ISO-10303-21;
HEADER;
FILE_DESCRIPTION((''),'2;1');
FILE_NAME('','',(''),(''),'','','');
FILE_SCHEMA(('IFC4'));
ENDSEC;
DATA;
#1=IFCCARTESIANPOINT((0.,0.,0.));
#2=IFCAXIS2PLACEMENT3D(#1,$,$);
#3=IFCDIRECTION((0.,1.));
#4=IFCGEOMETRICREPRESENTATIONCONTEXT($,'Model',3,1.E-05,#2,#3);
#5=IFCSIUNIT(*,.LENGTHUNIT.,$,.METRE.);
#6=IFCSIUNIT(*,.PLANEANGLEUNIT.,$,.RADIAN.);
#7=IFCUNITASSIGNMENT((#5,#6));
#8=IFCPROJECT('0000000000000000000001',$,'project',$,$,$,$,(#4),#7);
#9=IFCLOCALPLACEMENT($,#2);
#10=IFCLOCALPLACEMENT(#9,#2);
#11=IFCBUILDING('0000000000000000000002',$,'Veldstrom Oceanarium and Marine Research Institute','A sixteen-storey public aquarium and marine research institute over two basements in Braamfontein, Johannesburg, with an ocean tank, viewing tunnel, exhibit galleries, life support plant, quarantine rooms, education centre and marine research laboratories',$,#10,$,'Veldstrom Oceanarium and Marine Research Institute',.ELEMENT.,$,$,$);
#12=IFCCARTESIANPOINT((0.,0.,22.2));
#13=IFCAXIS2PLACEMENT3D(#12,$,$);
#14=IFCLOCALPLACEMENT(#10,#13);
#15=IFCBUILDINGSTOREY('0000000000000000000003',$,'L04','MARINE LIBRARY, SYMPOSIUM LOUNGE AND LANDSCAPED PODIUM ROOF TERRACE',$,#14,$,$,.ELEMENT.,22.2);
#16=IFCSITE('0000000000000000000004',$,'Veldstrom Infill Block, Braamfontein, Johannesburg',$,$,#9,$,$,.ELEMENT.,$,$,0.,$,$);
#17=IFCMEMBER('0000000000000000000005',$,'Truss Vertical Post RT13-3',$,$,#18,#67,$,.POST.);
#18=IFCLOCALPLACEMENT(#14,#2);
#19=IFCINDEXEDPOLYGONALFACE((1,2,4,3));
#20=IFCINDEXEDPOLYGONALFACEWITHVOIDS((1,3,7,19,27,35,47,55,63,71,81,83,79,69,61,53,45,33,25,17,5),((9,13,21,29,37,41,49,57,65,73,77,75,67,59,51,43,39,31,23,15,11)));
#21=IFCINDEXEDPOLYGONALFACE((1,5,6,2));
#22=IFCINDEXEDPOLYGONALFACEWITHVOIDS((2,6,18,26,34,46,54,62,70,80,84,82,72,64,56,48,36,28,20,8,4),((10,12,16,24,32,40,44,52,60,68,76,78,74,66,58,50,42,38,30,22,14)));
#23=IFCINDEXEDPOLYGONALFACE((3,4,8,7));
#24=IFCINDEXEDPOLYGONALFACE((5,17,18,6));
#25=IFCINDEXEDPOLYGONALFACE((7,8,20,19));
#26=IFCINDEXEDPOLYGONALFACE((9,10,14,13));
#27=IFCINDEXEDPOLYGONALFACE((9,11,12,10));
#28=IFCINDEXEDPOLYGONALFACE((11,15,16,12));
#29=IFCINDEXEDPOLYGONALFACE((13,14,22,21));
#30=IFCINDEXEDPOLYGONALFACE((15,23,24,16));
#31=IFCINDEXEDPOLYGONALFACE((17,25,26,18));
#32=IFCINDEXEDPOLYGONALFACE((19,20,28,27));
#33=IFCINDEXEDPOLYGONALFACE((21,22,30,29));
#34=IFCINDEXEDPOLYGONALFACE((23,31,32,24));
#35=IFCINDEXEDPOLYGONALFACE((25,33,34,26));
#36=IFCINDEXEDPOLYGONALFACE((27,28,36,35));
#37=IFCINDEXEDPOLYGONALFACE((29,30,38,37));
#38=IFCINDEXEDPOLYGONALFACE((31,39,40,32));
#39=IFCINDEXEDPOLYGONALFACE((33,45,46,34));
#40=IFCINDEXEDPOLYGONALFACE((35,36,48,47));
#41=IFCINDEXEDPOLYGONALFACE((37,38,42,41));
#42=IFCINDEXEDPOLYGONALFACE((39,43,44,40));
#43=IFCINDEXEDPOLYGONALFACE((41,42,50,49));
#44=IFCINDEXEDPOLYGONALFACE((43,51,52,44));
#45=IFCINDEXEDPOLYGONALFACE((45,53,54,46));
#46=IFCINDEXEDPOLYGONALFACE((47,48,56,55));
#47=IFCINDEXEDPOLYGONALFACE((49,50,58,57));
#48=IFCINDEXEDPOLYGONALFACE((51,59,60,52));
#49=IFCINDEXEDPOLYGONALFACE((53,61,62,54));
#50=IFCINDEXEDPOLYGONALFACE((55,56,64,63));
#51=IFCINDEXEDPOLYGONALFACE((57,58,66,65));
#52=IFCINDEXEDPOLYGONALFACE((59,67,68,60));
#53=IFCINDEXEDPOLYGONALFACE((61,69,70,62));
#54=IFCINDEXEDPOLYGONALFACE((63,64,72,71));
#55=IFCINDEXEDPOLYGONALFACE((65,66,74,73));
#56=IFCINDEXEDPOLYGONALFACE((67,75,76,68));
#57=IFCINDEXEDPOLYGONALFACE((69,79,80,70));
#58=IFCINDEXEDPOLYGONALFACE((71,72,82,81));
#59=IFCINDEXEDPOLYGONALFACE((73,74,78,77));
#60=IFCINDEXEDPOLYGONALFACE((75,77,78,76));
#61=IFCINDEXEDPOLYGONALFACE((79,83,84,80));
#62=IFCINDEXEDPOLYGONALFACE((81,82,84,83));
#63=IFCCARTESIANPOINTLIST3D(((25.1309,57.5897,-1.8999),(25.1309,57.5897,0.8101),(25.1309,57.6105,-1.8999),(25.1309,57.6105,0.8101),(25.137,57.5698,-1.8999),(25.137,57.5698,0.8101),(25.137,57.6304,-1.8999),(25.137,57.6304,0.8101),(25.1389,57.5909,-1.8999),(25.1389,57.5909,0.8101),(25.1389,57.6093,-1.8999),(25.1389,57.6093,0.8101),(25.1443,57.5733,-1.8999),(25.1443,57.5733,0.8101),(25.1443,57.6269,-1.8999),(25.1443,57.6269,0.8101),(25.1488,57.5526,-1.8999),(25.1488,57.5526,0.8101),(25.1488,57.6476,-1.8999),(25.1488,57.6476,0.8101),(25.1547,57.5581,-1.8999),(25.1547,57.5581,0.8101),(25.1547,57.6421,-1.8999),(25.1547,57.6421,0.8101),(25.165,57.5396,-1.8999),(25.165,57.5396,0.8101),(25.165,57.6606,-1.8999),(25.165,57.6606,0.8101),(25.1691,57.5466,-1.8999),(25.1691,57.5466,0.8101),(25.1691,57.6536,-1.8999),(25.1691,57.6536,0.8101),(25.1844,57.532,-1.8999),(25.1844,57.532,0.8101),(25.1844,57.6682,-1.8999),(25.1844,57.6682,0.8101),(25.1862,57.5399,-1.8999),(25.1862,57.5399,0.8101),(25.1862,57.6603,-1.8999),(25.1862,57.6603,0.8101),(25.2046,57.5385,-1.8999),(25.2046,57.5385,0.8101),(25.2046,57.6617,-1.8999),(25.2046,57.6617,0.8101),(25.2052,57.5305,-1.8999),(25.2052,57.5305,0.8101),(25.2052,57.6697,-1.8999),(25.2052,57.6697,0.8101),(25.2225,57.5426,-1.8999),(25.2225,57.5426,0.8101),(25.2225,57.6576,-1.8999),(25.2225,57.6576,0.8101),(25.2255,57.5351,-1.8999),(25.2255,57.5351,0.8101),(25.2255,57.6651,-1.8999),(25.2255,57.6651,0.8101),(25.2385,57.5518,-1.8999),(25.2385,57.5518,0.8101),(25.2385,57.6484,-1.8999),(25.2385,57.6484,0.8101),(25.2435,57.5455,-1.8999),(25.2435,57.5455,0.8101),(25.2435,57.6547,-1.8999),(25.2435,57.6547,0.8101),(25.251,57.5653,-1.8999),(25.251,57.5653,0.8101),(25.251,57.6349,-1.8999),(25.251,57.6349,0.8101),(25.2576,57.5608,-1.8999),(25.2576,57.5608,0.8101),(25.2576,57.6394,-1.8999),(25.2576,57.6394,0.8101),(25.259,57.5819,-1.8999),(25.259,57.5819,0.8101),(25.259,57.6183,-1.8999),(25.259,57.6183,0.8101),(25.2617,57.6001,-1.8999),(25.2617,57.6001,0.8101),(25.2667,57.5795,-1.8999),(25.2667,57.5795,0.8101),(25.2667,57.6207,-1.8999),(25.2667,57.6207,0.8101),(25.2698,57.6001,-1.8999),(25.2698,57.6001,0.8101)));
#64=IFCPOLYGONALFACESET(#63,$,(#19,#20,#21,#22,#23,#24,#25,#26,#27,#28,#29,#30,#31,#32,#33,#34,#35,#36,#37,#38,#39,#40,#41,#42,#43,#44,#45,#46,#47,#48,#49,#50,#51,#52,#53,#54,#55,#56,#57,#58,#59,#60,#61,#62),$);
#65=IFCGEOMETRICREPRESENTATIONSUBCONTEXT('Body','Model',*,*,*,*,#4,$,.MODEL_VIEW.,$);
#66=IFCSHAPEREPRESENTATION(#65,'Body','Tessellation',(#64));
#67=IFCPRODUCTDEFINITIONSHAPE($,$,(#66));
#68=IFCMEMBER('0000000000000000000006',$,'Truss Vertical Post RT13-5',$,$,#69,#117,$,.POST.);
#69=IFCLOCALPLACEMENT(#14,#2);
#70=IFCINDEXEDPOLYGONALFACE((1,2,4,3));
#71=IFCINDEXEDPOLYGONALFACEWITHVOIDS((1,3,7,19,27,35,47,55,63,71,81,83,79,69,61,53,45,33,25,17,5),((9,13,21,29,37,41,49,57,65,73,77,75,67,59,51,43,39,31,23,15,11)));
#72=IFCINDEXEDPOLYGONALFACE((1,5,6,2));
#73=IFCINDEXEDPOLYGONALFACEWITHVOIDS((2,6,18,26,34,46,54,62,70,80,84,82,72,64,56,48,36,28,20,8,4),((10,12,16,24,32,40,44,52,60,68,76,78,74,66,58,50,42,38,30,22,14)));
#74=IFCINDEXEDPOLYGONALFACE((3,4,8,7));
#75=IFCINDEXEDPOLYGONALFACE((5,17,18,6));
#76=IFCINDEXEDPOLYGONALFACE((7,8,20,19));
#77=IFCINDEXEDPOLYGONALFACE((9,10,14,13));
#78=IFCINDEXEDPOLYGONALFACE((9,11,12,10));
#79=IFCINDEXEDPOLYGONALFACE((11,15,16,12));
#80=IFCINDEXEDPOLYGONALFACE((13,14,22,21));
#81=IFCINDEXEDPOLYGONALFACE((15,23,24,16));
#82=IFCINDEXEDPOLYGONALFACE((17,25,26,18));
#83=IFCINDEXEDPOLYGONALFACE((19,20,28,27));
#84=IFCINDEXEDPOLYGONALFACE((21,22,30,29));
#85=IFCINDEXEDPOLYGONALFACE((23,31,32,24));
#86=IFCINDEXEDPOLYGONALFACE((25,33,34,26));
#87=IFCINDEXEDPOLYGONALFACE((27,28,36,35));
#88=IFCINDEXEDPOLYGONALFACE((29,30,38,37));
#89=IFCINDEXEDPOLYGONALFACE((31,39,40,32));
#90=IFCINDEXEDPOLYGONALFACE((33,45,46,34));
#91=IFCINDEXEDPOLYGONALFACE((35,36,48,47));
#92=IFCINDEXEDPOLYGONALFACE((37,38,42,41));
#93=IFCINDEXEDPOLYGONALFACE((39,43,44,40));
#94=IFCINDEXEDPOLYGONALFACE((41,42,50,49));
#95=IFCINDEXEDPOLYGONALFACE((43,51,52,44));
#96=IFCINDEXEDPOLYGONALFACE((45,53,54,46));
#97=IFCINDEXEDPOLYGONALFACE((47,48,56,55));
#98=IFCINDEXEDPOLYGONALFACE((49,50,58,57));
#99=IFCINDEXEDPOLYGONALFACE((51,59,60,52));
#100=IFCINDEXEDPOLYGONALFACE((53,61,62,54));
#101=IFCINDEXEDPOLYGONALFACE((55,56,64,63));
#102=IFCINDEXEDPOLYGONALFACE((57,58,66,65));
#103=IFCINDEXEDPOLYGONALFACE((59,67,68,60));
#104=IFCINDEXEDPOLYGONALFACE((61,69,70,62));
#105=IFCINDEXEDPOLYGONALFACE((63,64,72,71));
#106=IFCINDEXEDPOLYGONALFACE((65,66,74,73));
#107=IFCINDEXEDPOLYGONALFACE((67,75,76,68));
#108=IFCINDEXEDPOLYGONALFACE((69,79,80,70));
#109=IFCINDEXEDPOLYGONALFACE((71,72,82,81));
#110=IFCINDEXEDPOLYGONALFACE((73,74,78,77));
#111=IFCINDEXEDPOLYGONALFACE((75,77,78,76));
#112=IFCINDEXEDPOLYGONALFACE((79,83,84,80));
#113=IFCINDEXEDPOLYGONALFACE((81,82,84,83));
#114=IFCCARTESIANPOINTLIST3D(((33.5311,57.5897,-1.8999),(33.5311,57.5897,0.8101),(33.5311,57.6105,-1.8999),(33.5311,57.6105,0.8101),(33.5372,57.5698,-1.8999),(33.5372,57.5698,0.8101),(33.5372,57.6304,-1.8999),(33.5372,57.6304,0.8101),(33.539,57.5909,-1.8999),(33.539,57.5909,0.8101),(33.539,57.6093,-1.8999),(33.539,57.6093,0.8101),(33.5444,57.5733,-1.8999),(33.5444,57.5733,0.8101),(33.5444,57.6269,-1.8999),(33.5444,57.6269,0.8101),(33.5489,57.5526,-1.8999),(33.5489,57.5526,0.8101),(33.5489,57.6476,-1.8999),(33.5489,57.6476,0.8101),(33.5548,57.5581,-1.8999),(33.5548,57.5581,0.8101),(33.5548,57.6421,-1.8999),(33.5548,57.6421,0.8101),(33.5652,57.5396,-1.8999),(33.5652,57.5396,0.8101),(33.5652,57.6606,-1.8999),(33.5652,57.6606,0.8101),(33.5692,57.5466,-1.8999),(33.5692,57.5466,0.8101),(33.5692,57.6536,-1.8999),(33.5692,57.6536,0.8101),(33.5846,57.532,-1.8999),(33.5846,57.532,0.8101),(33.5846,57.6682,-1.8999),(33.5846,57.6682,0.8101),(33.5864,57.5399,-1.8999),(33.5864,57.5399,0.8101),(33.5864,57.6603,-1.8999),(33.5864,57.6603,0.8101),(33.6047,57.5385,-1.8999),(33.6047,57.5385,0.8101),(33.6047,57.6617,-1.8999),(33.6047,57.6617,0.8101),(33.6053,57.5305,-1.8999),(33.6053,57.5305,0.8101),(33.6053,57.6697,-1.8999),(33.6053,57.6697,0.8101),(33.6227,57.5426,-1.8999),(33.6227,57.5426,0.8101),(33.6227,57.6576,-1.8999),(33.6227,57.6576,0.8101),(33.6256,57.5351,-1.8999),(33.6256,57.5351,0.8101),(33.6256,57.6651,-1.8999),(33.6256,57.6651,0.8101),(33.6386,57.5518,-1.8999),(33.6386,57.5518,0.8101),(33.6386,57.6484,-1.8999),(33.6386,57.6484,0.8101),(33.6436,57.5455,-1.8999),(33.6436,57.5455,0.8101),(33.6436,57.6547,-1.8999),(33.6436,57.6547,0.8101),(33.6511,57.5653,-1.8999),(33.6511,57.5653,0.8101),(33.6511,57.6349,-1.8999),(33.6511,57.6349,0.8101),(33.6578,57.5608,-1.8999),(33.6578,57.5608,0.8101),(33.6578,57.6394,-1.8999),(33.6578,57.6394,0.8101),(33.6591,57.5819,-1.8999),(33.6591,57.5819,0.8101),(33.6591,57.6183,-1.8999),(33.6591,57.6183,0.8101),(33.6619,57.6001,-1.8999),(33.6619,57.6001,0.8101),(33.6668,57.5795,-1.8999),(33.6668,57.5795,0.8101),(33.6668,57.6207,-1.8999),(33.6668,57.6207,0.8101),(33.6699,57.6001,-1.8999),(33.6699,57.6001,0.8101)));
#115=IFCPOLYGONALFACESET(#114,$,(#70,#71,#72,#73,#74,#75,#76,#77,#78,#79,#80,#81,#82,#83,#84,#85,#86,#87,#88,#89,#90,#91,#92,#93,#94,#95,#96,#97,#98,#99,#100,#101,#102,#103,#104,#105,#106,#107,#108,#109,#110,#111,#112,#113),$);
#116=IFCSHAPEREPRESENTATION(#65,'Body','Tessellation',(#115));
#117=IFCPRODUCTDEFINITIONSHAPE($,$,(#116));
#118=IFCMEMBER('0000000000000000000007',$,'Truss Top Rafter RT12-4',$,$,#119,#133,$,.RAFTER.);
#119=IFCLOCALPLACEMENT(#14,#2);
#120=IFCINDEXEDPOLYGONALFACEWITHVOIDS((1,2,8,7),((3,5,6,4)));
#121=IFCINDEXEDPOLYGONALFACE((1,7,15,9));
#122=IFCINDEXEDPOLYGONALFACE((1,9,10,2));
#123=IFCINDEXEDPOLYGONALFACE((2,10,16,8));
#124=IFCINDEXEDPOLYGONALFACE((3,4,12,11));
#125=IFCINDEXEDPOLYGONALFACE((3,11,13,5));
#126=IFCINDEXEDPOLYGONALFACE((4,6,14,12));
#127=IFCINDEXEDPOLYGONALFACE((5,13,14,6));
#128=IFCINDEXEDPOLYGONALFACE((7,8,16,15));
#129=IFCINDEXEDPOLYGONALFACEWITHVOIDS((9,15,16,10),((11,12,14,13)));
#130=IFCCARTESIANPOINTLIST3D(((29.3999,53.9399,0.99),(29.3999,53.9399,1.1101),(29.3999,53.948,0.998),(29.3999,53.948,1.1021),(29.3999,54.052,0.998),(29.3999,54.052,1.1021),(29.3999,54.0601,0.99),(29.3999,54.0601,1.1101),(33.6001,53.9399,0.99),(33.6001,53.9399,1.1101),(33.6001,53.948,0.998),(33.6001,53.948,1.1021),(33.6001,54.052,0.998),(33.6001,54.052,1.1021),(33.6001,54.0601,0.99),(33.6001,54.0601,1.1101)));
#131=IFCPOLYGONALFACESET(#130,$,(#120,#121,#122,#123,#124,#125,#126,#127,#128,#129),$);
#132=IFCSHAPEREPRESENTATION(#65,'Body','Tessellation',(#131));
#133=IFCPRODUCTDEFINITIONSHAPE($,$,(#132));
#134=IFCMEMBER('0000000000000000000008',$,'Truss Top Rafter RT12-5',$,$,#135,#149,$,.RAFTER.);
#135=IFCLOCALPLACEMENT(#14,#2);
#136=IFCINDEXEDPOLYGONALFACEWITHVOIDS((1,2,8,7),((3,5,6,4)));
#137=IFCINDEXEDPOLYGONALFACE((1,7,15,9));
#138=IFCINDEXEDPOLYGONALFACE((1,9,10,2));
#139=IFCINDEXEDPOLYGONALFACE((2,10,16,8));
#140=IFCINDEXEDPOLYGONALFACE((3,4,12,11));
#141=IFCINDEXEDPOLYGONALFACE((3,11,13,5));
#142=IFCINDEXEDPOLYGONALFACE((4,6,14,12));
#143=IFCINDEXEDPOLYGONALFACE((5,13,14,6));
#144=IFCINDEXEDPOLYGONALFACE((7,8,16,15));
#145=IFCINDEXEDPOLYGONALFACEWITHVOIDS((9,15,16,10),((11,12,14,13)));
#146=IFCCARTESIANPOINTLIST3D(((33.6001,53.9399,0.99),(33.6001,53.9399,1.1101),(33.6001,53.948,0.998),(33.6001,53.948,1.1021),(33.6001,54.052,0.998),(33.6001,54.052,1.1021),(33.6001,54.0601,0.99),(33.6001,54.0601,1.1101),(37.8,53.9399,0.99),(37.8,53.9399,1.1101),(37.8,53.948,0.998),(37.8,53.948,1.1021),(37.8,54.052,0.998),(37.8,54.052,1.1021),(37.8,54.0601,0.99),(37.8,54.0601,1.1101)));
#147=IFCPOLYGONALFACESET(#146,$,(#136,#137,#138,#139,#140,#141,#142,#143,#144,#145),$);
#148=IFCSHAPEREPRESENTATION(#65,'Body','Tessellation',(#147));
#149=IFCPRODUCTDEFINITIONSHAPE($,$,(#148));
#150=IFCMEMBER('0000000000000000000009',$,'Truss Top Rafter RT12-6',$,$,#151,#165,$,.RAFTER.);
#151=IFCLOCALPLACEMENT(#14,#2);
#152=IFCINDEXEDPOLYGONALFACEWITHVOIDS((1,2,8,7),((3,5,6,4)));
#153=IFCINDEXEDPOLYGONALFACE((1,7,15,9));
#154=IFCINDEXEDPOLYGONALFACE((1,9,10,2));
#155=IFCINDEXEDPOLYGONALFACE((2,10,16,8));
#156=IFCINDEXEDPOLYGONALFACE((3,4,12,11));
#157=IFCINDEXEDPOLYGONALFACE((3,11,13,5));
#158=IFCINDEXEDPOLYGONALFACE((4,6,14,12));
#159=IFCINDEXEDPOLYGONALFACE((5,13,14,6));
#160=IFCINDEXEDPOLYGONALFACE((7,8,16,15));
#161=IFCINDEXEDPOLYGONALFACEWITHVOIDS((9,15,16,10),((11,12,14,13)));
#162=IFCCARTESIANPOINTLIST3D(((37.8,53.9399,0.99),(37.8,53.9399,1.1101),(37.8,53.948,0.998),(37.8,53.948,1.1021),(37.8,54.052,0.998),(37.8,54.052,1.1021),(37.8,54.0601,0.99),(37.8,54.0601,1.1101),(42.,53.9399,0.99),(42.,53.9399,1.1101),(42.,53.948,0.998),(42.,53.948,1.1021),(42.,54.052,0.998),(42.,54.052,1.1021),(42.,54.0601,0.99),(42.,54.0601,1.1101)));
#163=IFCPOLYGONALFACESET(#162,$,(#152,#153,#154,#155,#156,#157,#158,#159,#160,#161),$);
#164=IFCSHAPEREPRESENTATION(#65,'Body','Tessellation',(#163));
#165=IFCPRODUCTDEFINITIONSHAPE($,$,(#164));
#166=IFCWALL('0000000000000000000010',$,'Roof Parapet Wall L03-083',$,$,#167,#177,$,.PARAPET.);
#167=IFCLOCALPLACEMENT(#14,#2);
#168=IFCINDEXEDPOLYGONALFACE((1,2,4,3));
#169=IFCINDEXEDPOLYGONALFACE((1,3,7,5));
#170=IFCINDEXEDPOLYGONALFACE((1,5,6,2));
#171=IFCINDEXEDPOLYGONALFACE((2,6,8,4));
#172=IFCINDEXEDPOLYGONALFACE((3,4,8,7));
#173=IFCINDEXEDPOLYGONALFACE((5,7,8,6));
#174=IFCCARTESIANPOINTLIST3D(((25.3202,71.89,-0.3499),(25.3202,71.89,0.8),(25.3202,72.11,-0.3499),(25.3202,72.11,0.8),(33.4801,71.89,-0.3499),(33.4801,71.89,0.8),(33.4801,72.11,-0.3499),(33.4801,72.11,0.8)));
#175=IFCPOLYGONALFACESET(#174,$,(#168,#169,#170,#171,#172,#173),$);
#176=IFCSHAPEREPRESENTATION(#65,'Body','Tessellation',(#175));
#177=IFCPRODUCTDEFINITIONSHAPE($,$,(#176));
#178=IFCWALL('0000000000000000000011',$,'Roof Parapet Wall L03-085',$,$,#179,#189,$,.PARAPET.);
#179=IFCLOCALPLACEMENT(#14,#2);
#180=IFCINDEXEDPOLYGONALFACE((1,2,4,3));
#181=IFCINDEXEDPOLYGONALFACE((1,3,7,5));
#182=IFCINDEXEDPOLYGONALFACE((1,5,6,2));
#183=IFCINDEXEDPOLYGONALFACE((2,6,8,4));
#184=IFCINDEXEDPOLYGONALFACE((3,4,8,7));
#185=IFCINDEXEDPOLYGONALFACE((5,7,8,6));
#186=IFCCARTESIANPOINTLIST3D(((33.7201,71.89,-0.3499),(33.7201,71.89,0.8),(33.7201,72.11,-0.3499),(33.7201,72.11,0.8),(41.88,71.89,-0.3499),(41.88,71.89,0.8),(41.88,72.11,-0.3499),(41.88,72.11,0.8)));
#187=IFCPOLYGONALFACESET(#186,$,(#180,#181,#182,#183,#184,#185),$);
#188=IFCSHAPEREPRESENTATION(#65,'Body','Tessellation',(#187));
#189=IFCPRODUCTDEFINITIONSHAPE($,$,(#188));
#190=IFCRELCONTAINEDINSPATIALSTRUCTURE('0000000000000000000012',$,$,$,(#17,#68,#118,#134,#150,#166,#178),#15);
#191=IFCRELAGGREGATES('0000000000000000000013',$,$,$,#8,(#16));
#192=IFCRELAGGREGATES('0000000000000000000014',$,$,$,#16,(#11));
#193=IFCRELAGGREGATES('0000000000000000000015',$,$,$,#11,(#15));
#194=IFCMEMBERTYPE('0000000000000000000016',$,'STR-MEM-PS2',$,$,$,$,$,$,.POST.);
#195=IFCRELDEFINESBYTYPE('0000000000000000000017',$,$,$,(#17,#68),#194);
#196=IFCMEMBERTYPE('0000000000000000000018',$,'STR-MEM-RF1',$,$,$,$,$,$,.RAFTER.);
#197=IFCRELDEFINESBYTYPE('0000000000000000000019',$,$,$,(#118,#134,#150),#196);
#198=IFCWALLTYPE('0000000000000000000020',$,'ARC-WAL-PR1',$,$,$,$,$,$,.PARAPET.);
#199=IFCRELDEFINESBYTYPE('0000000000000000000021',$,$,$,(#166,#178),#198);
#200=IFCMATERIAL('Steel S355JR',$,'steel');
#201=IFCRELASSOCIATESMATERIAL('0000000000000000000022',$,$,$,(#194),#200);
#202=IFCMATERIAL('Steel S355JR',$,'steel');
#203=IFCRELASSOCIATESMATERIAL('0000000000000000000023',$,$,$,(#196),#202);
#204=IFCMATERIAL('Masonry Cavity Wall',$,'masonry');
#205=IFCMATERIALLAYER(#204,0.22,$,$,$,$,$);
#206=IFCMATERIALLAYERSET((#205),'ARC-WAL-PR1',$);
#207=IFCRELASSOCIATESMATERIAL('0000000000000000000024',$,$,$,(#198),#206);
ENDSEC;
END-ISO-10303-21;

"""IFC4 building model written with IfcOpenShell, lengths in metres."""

from ifc_helpers import new_model, si_unit, direction, frame, frame_2d, origin, origin_2d, place, context, subcontext, project, spatial, rectangle, hollow_rectangle, hollow_circle, extrude, material, layer, layer_set, material_profile, profile_set, type_object, element, save


model = new_model("IFC4")

# Units and contexts
model_context = context("Model", 3, precision=1e-05, world=origin(), true_north=direction((0.0, 1.0)))
body_context = subcontext(model_context, "Body", "Model", "MODEL_VIEW")
ifc_project = project(units=[si_unit("LENGTHUNIT", "METRE"), si_unit("PLANEANGLEUNIT", "RADIAN")], contexts=[model_context])

# Site, building, storey
site_placement = place(None, origin())
site = spatial("IfcSite", under=ifc_project, at=site_placement, Name="Veldstrom Infill Block, Braamfontein, Johannesburg", CompositionType="ELEMENT", RefElevation=0.0)
building_placement = place(site_placement, origin())
building = spatial("IfcBuilding", under=site, at=building_placement, Name="Veldstrom Oceanarium and Marine Research Institute", Description="A sixteen-storey public aquarium and marine research institute over two basements in Braamfontein, Johannesburg, with an ocean tank, viewing tunnel, exhibit galleries, life support plant, quarantine rooms, education centre and marine research laboratories", LongName="Veldstrom Oceanarium and Marine Research Institute", CompositionType="ELEMENT")
storey_placement = place(building_placement, frame((0.0, 0.0, 22.2)))
storey = spatial("IfcBuildingStorey", under=building, at=storey_placement, Name="L04", Description="MARINE LIBRARY, SYMPOSIUM LOUNGE AND LANDSCAPED PODIUM ROOF TERRACE", CompositionType="ELEMENT", Elevation=22.2)

# Members
ifc_material_1 = material(Name="Steel S355JR", Category="steel")
ifc_material_profile_1 = material_profile(ifc_material_1, hollow_circle(Radius=0.0698, WallThickness=0.0081, at=origin_2d()), Name="CHS 139.7x8")
ifc_profile_set_1 = profile_set([ifc_material_profile_1], Name="Steel S355JR")
member_type_1 = type_object("IfcMemberType", Name="STR-MEM-PS2", PredefinedType="POST", material=ifc_profile_set_1)
for number, where, z_axis, x_axis, name in (
    (1, (25.2, 57.6001, -1.8999), (0.0, 0.0, 1.0), (1.0, 0.0, 0.0), "Truss Vertical Post RT13-3"),
    (2, (33.6001, 57.6001, -1.8999), (0.0, 0.0, 1.0), (1.0, 0.0, 0.0), "Truss Vertical Post RT13-5"),
):
    element("IfcMember", number, at=place(storey_placement, frame(where, z_axis=z_axis, x_axis=x_axis)), inside=storey, type_object=member_type_1, Name=name, PredefinedType="POST", context=body_context, shape_type="SweptSolid", body=[
        extrude(hollow_circle(Radius=0.0698, WallThickness=0.0081, at=origin_2d()), origin(), (0.0, 0.0, 1.0), 2.71),
    ])
ifc_material_2 = material(Name="Steel S355JR", Category="steel")
ifc_material_profile_2 = material_profile(ifc_material_2, hollow_rectangle(XDim=0.1201, YDim=0.1201, WallThickness=0.0081, at=origin_2d()), Name="SHS 120x120x8")
ifc_profile_set_2 = profile_set([ifc_material_profile_2], Name="Steel S355JR")
member_type_2 = type_object("IfcMemberType", Name="STR-MEM-RF1", PredefinedType="RAFTER", material=ifc_profile_set_2)
member_1_placement = place(storey_placement, frame((29.3999, 54.0, 1.05), z_axis=(1.0, 0.0, 0.0), x_axis=(0.0, 1.0, 0.0)))
element("IfcMember", 3, at=member_1_placement, inside=storey, type_object=member_type_2, Name="Truss Top Rafter RT12-4", PredefinedType="RAFTER", context=body_context, shape_type="SweptSolid", body=[
    extrude(hollow_rectangle(XDim=0.1201, YDim=0.1201, WallThickness=0.0081, at=origin_2d()), origin(), (0.0, 0.0, 1.0), 4.2002),
])
for number, where, z_axis, x_axis, name in (
    (4, (33.6001, 54.0, 1.05), (1.0, 0.0, 0.0), (0.0, 1.0, 0.0), "Truss Top Rafter RT12-5"),
    (5, (37.8, 54.0, 1.05), (1.0, 0.0, 0.0), (0.0, 1.0, 0.0), "Truss Top Rafter RT12-6"),
):
    element("IfcMember", number, at=place(storey_placement, frame(where, z_axis=z_axis, x_axis=x_axis)), inside=storey, type_object=member_type_2, Name=name, PredefinedType="RAFTER", context=body_context, shape_type="SweptSolid", body=[
        extrude(hollow_rectangle(XDim=0.1201, YDim=0.1201, WallThickness=0.0081, at=origin_2d()), origin(), (0.0, 0.0, 1.0), 4.2),
    ])

# Walls
ifc_material_3 = material(Name="Masonry Cavity Wall", Category="masonry")
ifc_layer = layer(ifc_material_3, 0.22)
ifc_layer_set = layer_set([ifc_layer], Name="ARC-WAL-PR1")
wall_type = type_object("IfcWallType", Name="ARC-WAL-PR1", PredefinedType="PARAPET", material=ifc_layer_set)
for number, where, z_axis, x_axis, name in (
    (6, (25.3201, 72.0, -0.3499), (0.0, 0.0, 1.0), (1.0, 0.0, 0.0), "Roof Parapet Wall L03-083"),
    (7, (33.72, 72.0, -0.3499), (0.0, 0.0, 1.0), (1.0, 0.0, 0.0), "Roof Parapet Wall L03-085"),
):
    element("IfcWall", number, at=place(storey_placement, frame(where, z_axis=z_axis, x_axis=x_axis)), inside=storey, type_object=wall_type, Name=name, PredefinedType="PARAPET", context=body_context, shape_type="SweptSolid", body=[
        extrude(rectangle(XDim=8.1599, YDim=0.22, at=frame_2d((4.0801, 0.0))), origin(), (0.0, 0.0, 1.0), 1.1499),
    ])

save(model, "model.ifc")
